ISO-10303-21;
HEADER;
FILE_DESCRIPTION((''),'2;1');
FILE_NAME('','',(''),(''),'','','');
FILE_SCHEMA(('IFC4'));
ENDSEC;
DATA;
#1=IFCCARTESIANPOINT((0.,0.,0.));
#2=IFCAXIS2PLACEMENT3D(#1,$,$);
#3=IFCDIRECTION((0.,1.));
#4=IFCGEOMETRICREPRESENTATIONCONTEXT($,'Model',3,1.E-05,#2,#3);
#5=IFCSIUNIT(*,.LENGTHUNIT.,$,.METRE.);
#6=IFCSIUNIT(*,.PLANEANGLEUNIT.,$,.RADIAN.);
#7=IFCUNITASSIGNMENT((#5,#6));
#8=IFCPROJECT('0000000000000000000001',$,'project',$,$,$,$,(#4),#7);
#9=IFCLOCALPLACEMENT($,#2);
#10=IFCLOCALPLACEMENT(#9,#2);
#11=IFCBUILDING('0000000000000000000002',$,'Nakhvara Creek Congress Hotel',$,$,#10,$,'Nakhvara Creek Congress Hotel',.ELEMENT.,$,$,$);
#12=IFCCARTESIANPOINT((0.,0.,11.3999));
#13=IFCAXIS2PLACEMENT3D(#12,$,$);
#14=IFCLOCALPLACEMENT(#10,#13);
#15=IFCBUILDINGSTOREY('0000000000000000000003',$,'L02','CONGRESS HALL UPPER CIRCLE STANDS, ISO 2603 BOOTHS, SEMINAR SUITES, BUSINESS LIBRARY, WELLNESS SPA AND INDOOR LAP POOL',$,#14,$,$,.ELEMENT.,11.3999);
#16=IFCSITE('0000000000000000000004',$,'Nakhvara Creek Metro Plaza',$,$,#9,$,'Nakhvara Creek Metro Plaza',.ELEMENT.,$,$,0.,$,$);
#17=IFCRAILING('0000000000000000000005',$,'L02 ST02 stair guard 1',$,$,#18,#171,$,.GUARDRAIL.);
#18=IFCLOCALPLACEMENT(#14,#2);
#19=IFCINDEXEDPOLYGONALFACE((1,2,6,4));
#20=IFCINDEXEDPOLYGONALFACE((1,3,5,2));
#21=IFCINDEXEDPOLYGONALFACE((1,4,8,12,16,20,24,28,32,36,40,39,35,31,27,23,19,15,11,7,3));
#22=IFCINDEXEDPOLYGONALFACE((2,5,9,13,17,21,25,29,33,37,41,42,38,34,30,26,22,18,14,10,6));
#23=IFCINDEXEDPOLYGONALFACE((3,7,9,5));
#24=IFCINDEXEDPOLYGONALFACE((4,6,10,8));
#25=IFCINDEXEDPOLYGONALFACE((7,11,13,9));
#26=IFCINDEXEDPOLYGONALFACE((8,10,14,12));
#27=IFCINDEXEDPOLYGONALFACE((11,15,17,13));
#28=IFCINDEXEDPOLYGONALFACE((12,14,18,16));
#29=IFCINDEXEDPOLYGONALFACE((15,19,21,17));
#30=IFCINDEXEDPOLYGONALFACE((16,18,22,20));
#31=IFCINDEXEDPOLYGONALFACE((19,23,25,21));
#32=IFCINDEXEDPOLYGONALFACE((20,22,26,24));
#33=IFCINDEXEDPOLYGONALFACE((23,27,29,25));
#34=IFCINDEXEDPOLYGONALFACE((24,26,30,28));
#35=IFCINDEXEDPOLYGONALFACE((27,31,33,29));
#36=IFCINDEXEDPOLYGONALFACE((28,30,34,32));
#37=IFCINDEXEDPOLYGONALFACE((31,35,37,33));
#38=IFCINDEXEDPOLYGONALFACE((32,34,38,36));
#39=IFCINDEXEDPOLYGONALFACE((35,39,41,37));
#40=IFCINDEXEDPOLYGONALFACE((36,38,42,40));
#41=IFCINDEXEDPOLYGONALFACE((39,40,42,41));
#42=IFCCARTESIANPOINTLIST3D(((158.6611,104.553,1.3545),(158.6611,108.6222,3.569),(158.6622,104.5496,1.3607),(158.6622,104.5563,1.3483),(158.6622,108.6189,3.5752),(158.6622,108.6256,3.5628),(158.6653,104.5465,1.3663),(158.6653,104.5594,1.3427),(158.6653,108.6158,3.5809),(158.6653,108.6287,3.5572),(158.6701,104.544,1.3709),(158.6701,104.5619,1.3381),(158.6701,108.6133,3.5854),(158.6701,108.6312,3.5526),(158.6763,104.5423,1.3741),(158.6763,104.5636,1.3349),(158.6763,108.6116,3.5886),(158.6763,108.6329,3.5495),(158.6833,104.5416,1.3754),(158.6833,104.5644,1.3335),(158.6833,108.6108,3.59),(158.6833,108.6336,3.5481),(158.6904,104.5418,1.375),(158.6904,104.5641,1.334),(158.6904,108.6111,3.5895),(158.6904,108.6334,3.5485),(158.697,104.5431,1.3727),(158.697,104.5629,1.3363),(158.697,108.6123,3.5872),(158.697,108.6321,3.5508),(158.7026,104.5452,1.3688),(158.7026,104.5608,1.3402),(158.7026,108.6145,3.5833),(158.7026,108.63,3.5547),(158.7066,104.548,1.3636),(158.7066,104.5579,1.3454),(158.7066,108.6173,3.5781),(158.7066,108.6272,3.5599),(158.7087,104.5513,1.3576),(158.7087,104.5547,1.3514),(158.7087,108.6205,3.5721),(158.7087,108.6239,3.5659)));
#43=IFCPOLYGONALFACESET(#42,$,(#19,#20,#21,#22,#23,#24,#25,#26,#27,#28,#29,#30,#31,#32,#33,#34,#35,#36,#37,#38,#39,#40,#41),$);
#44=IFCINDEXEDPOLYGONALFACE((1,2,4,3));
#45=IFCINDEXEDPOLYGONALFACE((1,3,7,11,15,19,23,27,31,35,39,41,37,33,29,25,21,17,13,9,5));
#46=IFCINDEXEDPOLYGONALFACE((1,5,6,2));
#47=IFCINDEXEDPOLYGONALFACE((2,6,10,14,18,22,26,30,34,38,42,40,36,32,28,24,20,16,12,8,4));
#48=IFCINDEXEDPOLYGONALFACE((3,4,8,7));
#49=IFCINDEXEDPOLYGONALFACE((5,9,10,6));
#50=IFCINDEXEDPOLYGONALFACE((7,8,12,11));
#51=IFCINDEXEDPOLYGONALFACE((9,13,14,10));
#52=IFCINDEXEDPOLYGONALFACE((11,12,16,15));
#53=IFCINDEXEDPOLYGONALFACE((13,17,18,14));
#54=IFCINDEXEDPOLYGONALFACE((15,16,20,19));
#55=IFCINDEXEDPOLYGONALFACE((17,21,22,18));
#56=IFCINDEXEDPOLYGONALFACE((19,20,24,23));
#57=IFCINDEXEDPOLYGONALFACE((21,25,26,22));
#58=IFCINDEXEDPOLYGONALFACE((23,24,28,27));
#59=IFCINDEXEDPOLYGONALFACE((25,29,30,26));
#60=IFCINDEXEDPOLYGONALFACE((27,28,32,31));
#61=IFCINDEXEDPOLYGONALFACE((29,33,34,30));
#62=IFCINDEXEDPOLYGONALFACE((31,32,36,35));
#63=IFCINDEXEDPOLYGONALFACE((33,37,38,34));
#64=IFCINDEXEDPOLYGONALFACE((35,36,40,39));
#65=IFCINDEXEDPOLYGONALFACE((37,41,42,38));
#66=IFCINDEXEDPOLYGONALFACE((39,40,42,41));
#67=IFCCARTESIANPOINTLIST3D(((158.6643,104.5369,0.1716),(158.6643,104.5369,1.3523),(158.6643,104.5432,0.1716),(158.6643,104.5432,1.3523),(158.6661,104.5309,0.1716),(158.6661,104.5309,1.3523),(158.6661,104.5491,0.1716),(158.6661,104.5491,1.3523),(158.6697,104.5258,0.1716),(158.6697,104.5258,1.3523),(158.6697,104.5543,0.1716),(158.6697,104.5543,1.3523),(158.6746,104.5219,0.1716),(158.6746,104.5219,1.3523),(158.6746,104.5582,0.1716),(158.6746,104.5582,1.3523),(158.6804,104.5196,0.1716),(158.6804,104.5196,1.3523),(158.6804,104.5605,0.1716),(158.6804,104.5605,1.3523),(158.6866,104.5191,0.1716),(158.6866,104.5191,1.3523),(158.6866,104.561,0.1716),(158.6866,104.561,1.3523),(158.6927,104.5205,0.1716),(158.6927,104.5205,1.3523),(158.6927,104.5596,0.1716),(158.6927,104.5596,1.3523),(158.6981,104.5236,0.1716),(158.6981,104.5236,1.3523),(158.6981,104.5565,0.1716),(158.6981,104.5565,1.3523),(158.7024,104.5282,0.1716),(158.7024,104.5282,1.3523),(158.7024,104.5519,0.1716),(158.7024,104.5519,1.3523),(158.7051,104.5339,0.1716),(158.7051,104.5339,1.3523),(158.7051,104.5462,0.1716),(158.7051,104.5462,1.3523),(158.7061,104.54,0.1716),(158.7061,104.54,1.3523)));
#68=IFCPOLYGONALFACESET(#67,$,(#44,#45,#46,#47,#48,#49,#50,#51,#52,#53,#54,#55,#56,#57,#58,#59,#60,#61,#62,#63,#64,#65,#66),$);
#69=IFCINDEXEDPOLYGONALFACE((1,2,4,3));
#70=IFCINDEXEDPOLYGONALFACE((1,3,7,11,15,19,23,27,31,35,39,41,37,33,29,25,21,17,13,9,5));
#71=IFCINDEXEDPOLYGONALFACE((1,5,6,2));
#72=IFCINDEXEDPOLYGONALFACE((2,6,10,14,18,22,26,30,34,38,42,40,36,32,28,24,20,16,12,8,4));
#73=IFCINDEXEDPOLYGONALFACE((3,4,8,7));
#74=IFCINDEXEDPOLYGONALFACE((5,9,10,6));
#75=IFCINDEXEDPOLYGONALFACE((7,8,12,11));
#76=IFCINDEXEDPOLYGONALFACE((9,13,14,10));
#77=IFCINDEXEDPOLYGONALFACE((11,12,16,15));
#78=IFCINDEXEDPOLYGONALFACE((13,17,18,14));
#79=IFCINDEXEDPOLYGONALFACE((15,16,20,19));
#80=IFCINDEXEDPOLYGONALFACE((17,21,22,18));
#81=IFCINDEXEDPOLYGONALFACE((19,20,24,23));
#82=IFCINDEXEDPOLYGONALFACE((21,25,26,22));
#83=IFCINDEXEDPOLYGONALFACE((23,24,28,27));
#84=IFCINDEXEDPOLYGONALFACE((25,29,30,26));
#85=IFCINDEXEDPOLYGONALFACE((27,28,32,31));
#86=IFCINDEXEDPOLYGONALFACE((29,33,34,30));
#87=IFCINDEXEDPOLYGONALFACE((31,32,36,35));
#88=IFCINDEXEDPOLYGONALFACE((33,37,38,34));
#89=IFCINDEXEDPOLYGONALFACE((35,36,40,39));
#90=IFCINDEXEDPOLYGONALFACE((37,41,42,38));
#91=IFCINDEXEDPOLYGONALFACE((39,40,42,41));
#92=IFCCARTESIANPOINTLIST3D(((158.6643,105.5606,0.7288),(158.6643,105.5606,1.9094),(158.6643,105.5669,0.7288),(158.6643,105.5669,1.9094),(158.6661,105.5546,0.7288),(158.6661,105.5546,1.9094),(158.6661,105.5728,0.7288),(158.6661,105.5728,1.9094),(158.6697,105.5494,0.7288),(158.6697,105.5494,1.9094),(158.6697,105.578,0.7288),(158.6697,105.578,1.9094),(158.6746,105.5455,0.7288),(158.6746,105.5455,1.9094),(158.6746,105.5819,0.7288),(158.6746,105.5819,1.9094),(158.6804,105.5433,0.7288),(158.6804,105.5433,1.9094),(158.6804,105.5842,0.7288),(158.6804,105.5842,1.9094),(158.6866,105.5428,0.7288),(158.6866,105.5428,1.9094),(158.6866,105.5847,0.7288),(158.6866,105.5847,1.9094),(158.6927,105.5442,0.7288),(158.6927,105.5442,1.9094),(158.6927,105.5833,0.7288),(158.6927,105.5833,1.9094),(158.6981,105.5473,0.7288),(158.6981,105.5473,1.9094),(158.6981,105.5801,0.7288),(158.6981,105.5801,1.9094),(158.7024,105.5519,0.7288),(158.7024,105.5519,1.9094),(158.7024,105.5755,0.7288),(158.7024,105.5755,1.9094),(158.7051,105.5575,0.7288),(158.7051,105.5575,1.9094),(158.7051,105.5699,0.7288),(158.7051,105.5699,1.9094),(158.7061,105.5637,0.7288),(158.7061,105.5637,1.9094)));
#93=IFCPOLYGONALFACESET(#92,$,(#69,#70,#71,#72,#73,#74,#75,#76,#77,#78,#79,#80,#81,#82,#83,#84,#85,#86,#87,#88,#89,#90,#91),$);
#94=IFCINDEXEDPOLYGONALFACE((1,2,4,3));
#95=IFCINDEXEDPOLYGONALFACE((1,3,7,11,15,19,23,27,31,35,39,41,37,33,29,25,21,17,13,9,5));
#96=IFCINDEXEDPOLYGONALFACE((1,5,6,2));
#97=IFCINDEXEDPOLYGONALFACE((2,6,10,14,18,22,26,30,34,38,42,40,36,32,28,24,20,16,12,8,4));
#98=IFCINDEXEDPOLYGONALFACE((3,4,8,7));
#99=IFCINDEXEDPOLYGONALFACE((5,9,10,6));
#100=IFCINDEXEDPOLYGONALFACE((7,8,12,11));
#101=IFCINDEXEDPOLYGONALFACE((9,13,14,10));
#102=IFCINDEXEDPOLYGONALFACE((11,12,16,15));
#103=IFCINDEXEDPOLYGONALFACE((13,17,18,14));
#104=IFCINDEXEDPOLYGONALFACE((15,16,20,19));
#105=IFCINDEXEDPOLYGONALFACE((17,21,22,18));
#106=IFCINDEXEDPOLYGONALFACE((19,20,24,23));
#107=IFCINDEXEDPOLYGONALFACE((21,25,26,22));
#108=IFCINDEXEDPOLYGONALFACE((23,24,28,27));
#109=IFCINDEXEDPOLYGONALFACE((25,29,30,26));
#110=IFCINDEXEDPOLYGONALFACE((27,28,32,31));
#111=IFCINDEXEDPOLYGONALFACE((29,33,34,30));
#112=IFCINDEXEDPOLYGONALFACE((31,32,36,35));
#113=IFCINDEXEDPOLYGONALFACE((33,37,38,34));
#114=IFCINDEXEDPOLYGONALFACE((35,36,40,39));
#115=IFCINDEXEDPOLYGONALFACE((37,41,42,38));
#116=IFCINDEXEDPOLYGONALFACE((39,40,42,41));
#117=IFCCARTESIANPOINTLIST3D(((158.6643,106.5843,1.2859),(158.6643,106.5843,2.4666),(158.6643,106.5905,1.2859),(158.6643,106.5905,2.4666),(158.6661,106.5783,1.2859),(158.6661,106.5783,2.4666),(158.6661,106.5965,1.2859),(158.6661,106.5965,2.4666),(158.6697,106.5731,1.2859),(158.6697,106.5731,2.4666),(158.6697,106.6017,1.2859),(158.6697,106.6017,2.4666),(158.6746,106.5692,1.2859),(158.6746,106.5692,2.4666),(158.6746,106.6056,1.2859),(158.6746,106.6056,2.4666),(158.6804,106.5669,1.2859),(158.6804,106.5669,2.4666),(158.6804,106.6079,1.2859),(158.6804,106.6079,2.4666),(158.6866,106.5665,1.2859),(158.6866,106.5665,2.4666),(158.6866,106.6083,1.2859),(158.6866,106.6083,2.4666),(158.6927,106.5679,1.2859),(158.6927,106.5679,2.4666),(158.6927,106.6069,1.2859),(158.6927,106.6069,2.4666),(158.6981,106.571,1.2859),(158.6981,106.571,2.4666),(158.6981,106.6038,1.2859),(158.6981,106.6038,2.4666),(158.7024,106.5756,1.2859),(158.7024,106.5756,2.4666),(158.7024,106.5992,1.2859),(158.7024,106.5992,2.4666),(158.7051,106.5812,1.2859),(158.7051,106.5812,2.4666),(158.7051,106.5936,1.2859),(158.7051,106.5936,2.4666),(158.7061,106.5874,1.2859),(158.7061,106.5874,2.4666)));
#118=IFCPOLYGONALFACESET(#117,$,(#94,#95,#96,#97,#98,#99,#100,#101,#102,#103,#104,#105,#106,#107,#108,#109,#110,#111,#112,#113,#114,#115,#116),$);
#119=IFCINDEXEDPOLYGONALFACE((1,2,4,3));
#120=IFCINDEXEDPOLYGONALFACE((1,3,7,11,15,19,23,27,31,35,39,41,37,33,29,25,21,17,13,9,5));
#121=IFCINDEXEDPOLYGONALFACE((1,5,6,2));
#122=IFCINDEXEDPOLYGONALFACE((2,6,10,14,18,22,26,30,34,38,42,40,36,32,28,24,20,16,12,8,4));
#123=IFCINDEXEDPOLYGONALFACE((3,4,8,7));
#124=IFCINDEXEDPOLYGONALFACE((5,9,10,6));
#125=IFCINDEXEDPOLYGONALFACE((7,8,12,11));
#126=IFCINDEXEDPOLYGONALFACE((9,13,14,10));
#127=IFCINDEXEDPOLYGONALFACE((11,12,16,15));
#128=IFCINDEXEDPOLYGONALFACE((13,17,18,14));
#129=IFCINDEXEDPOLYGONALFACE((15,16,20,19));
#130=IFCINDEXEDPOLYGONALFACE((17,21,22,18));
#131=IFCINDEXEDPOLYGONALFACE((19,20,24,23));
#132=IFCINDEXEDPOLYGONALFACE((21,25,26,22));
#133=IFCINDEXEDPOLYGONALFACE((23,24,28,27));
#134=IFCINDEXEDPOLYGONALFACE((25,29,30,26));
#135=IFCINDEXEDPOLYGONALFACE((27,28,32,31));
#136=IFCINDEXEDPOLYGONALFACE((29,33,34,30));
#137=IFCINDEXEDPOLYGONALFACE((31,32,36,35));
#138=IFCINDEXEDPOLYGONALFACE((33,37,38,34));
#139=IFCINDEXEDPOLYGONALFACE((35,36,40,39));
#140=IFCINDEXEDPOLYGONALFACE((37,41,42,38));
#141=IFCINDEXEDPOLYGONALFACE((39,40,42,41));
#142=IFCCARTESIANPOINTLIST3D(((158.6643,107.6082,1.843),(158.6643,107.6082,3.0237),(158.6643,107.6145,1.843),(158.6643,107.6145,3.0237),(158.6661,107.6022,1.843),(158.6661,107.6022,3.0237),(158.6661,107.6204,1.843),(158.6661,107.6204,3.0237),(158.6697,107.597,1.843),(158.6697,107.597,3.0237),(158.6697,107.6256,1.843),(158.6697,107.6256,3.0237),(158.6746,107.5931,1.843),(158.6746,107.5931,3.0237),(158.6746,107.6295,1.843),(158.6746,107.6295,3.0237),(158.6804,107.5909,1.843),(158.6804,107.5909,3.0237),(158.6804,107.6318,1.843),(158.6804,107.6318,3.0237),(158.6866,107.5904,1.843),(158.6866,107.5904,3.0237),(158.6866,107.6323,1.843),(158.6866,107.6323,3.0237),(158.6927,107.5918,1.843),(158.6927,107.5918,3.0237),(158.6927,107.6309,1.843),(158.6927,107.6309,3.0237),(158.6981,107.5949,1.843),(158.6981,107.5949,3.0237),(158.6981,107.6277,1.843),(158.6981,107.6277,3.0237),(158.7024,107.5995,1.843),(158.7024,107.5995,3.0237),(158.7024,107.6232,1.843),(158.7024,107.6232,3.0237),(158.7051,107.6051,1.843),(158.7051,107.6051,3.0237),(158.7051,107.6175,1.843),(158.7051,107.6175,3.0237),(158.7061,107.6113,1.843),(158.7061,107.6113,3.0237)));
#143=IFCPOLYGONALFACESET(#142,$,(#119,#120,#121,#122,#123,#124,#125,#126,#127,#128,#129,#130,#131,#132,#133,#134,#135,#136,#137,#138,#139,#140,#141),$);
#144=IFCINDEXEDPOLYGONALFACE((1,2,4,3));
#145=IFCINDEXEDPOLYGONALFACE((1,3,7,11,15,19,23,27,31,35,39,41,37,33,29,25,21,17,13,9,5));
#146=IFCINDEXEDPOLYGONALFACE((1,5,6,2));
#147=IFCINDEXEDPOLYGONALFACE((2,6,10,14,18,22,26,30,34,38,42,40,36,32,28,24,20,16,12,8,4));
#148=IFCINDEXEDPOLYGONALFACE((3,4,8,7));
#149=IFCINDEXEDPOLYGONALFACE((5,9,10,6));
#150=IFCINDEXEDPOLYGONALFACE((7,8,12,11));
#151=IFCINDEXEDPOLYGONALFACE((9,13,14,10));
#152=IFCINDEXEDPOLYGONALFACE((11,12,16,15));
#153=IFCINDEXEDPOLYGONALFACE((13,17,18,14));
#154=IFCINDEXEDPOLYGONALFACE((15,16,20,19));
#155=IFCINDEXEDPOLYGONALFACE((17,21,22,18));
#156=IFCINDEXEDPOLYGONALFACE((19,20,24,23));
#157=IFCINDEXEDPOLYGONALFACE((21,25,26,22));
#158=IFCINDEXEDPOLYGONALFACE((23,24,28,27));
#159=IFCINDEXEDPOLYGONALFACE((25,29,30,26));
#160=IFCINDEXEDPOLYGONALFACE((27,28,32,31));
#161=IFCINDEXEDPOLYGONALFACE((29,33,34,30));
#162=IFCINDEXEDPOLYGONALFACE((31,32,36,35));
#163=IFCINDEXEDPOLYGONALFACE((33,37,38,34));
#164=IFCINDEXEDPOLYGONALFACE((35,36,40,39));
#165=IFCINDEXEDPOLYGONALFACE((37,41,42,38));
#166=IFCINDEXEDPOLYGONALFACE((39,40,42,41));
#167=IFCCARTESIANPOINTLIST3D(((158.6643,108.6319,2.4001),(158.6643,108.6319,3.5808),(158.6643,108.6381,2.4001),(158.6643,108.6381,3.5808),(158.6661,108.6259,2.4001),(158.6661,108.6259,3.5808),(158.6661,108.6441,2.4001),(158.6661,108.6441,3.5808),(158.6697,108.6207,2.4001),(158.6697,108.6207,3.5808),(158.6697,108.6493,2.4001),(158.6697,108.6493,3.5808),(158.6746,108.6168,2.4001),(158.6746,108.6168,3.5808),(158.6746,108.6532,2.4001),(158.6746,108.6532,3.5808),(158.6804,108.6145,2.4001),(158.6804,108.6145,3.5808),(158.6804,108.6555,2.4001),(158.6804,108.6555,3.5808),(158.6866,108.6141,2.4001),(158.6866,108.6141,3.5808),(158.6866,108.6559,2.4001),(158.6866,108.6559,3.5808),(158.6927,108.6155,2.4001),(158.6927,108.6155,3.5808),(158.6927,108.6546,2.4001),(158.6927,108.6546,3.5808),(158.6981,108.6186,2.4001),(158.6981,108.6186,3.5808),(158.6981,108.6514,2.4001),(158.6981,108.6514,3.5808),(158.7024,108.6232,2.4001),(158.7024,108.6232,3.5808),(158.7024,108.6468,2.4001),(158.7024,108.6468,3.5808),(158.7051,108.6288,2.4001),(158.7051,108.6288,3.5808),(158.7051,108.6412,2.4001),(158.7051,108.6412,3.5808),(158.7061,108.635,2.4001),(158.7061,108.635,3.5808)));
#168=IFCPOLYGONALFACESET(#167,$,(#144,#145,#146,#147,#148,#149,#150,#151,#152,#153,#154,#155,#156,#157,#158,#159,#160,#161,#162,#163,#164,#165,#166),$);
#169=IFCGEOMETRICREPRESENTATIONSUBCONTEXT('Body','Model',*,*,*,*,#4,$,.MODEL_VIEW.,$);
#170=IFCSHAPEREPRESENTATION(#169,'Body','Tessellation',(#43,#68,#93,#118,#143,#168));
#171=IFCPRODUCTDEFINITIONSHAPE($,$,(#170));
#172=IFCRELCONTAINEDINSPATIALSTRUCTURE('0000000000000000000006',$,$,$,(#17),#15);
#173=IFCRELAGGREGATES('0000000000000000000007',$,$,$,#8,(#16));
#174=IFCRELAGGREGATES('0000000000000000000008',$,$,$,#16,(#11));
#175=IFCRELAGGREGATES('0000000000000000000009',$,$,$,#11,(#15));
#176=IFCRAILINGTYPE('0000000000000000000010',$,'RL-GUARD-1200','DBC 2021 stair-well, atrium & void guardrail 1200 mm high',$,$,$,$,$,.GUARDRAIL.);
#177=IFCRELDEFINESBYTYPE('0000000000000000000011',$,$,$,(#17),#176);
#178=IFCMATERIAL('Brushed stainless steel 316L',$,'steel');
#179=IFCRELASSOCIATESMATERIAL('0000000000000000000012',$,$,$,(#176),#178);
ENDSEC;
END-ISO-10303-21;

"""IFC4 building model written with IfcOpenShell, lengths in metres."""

from ifc_helpers import new_model, si_unit, direction, frame, origin, origin_2d, place, context, subcontext, project, spatial, circle, extrude, material, type_object, element, save


model = new_model("IFC4")

# Units and contexts
model_context = context("Model", 3, precision=1e-05, world=origin(), true_north=direction((0.0, 1.0)))
body_context = subcontext(model_context, "Body", "Model", "MODEL_VIEW")
ifc_project = project(units=[si_unit("LENGTHUNIT", "METRE"), si_unit("PLANEANGLEUNIT", "RADIAN")], contexts=[model_context])

# Site, building, storey
site_placement = place(None, origin())
site = spatial("IfcSite", under=ifc_project, at=site_placement, Name="Nakhvara Creek Metro Plaza", LongName="Nakhvara Creek Metro Plaza", CompositionType="ELEMENT", RefElevation=0.0)
building_placement = place(site_placement, origin())
building = spatial("IfcBuilding", under=site, at=building_placement, Name="Nakhvara Creek Congress Hotel", LongName="Nakhvara Creek Congress Hotel", CompositionType="ELEMENT")
storey_placement = place(building_placement, frame((0.0, 0.0, 11.3999)))
storey = spatial("IfcBuildingStorey", under=building, at=storey_placement, Name="L02", Description="CONGRESS HALL UPPER CIRCLE STANDS, ISO 2603 BOOTHS, SEMINAR SUITES, BUSINESS LIBRARY, WELLNESS SPA AND INDOOR LAP POOL", CompositionType="ELEMENT", Elevation=11.3999)

# Railing
ifc_material_1 = material(Name="Brushed stainless steel 316L", Category="steel")
railing_type = type_object("IfcRailingType", Name="RL-GUARD-1200", Description="DBC 2021 stair-well, atrium & void guardrail 1200 mm high", PredefinedType="GUARDRAIL", material=ifc_material_1)
railing_1_placement = place(storey_placement, frame((158.6851, 104.54, 0.1716)))
element("IfcRailing", 1, at=railing_1_placement, inside=storey, type_object=railing_type, Name="L02 ST02 stair guard 1", PredefinedType="GUARDRAIL", context=body_context, shape_type="SweptSolid", body=[
    extrude(circle(Radius=0.0239, at=origin_2d()), frame((0.0, 0.0129, 1.1829), z_axis=(0.0, 0.878355, 0.478008), x_axis=(-1.0, 0.0, 0.0)), (0.0, 0.0, 1.0), 4.6328),
    extrude(circle(Radius=0.021, at=origin_2d()), origin(), (0.0, 0.0, 1.0), 1.1807),
    extrude(circle(Radius=0.021, at=origin_2d()), frame((0.0, 1.0237, 0.5571)), (0.0, 0.0, 1.0), 1.1807),
    extrude(circle(Radius=0.021, at=origin_2d()), frame((0.0, 2.0474, 1.1143)), (0.0, 0.0, 1.0), 1.1807),
    extrude(circle(Radius=0.021, at=origin_2d()), frame((0.0, 3.0713, 1.6714)), (0.0, 0.0, 1.0), 1.1807),
    extrude(circle(Radius=0.021, at=origin_2d()), frame((0.0, 4.095, 2.2285)), (0.0, 0.0, 1.0), 1.1807),
])

save(model, "model.ifc")
